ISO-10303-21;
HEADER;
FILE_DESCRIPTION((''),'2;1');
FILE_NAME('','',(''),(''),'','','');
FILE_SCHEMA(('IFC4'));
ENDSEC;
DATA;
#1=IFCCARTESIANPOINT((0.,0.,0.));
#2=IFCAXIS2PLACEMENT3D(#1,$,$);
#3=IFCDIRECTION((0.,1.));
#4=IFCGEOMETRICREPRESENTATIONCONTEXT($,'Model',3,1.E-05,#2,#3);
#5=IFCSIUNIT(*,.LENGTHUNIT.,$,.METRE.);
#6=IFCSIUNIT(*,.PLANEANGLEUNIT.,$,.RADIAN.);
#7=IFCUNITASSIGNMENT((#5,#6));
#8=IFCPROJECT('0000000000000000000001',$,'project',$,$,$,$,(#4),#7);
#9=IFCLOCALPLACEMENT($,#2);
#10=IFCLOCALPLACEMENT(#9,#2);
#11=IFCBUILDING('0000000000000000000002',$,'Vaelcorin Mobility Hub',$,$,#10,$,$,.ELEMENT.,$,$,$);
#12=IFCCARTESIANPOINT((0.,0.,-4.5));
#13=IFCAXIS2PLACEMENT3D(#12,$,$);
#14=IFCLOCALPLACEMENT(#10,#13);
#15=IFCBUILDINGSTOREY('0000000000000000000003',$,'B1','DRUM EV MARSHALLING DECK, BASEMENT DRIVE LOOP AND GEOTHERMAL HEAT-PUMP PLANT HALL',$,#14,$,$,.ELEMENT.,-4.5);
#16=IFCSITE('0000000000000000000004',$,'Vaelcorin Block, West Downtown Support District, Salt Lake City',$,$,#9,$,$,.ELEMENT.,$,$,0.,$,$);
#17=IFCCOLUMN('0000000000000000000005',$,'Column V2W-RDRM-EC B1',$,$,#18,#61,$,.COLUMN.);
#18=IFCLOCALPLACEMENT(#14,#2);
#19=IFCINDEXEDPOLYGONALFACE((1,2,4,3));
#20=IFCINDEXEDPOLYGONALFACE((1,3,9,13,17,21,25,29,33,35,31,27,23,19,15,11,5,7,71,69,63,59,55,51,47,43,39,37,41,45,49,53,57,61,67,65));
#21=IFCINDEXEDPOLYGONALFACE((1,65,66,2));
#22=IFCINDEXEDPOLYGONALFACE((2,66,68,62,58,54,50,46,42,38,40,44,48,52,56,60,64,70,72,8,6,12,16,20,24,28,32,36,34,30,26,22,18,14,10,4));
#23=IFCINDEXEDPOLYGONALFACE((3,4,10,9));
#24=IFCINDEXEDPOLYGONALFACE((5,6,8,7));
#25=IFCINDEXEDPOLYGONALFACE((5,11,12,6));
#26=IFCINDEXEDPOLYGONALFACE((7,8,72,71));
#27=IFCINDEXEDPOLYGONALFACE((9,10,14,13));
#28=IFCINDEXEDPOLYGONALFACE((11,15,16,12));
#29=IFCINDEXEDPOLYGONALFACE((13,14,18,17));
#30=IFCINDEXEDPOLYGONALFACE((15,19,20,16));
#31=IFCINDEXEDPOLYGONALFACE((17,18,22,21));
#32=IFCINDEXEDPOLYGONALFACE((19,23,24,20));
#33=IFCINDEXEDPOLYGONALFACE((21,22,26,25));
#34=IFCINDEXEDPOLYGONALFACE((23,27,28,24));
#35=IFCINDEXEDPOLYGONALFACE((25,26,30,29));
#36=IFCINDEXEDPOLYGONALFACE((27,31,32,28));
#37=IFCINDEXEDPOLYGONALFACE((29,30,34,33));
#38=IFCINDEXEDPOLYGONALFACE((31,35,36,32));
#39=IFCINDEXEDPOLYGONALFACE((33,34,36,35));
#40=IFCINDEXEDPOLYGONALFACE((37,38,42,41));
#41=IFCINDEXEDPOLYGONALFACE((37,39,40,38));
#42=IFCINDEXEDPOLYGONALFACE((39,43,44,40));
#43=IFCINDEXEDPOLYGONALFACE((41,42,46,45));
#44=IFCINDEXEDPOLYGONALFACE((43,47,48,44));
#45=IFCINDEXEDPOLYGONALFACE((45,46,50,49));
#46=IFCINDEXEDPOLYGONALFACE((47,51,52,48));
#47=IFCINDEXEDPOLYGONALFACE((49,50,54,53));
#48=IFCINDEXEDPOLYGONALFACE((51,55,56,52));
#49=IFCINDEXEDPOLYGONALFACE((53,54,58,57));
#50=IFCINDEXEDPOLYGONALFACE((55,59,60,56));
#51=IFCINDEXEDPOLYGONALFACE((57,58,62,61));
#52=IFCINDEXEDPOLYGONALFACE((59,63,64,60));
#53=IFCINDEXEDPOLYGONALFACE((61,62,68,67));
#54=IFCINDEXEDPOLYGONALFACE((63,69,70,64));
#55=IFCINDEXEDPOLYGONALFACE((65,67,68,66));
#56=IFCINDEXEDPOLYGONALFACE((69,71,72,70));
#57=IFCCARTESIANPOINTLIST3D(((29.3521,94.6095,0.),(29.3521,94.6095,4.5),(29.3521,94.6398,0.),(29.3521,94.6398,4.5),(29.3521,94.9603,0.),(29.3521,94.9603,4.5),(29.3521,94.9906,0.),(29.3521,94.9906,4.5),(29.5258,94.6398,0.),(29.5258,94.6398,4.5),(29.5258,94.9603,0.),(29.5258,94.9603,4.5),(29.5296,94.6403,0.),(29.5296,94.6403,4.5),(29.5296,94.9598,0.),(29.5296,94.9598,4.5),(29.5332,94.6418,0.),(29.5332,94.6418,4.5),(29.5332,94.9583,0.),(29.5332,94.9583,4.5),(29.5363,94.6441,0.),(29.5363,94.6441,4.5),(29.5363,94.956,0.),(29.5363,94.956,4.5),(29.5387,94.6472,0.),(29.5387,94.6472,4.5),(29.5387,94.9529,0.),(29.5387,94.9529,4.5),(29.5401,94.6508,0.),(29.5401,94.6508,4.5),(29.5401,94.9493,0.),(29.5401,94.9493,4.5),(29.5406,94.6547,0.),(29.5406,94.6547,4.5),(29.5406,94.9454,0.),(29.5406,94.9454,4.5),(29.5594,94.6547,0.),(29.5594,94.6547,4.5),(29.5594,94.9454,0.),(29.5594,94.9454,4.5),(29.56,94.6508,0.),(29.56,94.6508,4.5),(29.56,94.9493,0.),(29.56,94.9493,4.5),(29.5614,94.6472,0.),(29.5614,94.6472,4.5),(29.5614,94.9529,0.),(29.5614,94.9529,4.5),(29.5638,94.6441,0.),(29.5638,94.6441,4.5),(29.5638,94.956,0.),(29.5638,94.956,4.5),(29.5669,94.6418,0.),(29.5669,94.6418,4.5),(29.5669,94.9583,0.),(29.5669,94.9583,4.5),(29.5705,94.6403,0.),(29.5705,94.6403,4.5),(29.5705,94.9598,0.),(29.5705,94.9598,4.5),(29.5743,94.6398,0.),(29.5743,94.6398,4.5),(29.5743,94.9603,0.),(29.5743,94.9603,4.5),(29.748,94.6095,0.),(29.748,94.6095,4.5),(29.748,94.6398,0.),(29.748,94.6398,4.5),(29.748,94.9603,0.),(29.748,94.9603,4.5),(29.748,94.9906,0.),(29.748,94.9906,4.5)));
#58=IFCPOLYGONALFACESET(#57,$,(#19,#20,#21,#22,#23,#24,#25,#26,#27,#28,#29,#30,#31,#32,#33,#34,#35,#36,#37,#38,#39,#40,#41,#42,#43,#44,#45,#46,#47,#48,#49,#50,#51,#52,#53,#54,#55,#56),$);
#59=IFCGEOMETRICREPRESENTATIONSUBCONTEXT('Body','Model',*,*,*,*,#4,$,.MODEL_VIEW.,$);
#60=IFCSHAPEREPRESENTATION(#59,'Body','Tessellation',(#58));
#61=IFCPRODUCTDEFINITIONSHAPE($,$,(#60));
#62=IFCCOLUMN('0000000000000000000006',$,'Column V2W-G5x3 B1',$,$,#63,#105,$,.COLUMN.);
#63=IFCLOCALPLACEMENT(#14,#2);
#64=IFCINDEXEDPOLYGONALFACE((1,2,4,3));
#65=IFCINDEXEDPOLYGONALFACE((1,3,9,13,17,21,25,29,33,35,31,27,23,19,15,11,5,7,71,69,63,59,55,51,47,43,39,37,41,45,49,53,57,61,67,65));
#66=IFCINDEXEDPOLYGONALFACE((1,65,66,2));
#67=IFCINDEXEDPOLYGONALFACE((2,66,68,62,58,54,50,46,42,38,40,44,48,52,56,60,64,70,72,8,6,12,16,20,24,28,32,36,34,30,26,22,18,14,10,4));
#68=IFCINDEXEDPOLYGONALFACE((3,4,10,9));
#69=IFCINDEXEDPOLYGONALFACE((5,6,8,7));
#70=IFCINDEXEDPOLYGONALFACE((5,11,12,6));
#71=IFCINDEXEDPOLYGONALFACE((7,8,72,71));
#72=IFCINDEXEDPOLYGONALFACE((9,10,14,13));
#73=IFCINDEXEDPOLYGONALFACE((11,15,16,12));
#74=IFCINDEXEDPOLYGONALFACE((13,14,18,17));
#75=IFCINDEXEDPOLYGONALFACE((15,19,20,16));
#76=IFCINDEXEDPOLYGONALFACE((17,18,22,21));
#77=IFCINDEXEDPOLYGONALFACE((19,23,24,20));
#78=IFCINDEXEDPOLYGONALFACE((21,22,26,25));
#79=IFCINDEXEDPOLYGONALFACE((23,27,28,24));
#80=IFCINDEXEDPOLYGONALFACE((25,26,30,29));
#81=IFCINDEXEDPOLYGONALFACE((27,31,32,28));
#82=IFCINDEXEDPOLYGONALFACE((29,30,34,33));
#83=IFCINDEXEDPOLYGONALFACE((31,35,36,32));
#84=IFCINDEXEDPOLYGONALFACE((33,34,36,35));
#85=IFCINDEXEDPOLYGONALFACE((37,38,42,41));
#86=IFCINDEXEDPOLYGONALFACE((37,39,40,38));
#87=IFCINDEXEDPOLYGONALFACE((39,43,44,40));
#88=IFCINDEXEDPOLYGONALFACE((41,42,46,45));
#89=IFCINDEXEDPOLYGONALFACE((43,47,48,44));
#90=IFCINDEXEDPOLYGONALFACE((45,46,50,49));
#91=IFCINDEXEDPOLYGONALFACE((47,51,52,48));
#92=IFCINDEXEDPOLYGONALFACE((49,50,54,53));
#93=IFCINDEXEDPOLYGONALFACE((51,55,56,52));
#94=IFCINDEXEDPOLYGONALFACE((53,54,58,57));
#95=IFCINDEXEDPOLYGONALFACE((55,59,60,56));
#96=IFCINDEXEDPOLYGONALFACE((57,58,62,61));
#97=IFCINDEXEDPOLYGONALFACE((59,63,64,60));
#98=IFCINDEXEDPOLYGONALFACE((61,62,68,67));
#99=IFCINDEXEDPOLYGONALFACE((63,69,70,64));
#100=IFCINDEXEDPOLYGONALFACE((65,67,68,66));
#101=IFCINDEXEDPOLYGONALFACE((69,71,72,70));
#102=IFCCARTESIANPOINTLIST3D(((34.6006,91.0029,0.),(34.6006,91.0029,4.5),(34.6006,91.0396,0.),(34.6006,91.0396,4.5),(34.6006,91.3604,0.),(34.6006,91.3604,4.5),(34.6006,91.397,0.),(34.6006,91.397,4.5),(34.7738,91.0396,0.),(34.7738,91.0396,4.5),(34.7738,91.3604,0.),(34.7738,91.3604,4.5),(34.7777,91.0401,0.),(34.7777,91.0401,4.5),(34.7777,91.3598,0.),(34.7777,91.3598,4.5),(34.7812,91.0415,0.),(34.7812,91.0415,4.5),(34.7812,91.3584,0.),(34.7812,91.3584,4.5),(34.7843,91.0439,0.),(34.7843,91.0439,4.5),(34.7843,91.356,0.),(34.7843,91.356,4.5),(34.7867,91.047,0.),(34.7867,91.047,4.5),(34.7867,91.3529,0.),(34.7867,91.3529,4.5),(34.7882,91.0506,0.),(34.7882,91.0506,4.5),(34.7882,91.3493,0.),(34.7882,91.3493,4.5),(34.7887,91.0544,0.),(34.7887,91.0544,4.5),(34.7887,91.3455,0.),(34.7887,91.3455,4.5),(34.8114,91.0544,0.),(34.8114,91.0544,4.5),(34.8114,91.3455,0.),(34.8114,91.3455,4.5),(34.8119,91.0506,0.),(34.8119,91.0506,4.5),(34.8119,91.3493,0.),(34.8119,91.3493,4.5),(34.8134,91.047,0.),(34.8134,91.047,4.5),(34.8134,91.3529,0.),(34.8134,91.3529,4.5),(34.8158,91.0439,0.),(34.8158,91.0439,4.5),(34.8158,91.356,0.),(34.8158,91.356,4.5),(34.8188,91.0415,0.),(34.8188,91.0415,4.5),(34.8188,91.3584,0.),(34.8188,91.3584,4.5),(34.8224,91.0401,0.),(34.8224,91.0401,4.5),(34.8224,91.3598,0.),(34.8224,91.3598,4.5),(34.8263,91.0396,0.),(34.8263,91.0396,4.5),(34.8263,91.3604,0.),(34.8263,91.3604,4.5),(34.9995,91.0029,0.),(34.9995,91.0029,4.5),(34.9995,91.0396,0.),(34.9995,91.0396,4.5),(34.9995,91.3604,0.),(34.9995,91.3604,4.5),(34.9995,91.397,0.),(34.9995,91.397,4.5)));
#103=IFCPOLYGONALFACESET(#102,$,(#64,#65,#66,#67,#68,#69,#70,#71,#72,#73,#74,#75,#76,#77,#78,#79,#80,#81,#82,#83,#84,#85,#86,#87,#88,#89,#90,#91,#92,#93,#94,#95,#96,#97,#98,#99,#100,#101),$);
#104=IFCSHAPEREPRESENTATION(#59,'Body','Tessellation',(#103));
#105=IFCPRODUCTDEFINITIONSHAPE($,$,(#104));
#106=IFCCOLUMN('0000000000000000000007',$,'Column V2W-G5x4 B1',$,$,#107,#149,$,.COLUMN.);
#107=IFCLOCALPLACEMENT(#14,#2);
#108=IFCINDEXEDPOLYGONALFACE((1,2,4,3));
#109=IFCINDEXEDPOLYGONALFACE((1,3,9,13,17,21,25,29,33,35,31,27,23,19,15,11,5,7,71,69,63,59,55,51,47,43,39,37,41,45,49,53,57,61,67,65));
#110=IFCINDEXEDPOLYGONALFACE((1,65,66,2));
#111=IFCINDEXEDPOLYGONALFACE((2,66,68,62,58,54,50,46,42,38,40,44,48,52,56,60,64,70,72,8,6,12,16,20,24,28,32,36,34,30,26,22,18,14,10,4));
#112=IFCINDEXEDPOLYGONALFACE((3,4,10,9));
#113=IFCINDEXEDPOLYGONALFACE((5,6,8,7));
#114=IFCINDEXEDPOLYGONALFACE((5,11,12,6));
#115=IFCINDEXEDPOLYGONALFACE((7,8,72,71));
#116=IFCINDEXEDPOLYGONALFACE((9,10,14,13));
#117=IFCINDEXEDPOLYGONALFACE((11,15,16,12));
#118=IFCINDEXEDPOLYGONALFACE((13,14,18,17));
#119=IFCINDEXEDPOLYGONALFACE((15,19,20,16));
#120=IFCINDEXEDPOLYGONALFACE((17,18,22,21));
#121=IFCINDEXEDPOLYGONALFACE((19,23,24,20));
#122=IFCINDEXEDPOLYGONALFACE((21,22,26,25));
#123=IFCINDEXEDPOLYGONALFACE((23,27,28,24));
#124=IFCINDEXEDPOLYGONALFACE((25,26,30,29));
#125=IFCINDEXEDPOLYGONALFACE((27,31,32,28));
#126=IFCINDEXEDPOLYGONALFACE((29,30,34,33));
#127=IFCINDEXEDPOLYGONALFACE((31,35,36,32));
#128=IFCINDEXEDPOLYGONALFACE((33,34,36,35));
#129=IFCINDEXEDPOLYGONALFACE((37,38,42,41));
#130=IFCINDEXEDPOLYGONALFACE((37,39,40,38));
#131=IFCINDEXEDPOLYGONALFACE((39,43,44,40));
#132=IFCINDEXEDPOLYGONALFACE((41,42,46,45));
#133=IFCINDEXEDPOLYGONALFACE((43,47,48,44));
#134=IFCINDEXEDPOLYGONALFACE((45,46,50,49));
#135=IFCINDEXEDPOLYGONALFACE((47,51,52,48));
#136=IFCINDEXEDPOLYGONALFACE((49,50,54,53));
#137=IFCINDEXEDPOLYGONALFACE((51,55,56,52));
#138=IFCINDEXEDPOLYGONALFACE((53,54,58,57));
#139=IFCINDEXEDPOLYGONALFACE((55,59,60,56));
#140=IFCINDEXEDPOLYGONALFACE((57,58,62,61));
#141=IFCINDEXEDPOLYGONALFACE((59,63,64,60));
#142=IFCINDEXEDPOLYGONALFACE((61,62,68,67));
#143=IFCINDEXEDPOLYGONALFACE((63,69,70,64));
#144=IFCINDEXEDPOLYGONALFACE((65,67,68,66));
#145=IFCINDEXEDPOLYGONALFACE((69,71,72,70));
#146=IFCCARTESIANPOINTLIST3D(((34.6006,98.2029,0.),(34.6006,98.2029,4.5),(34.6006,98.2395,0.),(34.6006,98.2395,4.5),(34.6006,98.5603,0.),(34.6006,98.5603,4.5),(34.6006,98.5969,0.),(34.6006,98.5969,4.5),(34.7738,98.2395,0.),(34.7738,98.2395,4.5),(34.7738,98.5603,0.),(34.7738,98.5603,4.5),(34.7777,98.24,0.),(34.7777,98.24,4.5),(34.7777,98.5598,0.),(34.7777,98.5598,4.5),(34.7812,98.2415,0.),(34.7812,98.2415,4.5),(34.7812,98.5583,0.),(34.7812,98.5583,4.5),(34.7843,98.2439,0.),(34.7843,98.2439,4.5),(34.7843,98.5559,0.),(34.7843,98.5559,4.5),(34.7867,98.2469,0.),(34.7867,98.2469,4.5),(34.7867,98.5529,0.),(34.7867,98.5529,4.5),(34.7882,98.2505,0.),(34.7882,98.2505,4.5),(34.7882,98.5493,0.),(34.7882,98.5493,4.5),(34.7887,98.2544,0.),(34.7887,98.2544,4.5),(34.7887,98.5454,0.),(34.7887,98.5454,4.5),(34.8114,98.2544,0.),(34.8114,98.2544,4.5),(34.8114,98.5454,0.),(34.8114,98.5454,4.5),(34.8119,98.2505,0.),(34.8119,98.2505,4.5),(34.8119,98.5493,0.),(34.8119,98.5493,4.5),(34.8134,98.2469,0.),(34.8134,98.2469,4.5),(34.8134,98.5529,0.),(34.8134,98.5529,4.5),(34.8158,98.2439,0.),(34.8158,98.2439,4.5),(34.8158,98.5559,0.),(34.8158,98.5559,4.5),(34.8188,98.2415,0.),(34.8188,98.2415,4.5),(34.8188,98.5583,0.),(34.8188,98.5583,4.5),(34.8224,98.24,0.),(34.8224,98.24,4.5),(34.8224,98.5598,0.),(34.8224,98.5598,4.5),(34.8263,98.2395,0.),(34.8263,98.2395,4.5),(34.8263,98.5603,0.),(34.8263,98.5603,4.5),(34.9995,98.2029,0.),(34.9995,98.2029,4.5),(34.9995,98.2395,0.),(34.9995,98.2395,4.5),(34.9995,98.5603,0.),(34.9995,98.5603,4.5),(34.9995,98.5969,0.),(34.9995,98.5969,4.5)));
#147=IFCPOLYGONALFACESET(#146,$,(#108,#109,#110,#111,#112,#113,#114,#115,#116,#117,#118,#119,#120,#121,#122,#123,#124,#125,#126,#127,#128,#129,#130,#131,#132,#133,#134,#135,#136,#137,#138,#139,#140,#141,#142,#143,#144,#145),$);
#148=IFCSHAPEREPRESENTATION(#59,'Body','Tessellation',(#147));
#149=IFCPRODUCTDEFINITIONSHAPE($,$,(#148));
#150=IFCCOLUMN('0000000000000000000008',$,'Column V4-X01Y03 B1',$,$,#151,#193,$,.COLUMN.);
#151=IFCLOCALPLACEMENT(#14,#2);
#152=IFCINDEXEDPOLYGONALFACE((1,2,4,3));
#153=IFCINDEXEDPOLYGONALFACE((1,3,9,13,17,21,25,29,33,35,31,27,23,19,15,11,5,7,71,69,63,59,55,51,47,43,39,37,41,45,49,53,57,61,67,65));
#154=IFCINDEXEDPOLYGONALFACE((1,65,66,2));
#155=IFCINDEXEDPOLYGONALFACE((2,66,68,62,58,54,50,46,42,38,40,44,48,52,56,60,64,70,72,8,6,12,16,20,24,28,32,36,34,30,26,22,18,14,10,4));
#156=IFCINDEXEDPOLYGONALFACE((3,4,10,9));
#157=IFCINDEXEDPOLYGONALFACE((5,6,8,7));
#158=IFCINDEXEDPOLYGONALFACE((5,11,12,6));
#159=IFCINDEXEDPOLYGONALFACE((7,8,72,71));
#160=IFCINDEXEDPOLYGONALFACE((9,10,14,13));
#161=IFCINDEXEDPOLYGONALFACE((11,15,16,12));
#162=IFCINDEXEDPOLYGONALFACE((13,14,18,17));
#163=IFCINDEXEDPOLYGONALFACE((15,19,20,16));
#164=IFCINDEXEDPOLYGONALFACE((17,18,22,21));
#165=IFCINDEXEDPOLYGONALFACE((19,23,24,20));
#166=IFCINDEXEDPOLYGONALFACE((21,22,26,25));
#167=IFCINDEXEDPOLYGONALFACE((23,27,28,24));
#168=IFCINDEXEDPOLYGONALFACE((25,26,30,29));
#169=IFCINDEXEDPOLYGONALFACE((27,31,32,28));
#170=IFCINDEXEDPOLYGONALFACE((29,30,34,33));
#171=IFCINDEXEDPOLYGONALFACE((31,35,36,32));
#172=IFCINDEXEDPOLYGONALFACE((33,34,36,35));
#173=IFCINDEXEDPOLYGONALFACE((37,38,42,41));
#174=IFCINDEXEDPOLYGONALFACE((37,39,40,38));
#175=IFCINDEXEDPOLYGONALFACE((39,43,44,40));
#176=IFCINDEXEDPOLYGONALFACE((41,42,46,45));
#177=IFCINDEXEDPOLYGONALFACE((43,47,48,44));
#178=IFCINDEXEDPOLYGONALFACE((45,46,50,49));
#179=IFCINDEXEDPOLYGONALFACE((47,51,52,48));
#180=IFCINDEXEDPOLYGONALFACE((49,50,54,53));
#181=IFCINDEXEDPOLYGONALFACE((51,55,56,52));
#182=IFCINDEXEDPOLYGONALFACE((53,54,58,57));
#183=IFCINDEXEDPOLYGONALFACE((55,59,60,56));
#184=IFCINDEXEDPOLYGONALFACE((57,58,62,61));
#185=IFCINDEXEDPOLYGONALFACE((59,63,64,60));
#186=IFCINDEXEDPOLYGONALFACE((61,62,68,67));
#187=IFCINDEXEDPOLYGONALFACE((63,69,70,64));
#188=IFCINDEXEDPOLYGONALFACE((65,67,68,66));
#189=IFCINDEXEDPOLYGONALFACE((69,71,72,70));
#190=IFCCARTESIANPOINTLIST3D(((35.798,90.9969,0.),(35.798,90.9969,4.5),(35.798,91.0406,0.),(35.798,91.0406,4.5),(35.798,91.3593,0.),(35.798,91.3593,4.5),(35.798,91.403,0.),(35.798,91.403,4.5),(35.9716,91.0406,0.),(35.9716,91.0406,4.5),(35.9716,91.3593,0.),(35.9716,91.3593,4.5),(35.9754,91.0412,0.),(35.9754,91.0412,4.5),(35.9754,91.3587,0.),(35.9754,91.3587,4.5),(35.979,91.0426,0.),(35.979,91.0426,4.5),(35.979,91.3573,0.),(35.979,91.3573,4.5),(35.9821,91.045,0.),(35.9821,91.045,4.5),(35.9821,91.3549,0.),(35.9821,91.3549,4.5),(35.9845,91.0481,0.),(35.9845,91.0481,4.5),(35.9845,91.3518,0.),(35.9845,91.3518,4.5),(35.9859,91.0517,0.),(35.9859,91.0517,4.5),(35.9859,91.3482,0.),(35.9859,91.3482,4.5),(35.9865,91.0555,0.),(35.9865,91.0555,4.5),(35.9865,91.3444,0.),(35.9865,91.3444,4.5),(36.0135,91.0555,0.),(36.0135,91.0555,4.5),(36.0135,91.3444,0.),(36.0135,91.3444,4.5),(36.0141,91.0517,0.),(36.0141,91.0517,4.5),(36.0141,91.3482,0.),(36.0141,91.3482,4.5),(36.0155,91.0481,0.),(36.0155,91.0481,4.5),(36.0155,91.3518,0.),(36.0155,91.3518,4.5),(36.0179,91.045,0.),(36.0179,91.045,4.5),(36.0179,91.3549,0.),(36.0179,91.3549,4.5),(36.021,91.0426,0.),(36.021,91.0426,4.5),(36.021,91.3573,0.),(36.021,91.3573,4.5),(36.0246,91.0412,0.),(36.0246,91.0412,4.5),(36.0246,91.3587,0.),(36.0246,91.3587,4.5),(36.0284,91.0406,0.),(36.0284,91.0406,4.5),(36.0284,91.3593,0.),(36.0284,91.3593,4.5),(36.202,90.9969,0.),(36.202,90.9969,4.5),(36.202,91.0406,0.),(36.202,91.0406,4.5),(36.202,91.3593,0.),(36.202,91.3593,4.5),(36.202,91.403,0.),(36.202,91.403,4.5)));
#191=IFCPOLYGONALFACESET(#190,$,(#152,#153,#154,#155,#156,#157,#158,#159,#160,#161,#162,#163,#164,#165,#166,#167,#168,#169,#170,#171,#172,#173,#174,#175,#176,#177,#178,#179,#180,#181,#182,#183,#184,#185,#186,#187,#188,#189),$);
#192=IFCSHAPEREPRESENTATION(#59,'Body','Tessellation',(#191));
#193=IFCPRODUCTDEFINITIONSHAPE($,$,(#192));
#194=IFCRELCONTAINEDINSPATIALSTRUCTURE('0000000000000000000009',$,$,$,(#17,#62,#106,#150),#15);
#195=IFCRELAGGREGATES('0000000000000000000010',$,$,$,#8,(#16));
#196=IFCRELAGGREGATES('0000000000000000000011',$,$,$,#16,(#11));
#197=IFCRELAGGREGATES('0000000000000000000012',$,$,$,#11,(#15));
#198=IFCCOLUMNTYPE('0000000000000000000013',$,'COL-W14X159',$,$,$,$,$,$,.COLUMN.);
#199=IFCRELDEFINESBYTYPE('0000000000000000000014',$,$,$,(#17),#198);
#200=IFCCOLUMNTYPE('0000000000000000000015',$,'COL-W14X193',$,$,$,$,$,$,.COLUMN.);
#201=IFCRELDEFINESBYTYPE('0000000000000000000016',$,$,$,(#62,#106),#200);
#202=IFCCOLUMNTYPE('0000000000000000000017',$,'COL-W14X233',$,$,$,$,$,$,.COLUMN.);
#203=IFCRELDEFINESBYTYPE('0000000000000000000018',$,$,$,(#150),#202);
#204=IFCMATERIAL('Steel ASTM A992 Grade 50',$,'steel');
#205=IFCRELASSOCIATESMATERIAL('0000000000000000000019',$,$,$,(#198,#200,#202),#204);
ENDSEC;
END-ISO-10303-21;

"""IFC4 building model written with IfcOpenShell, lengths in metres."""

from ifc_helpers import new_model, si_unit, direction, frame, origin, origin_2d, place, context, subcontext, project, spatial, i_section, extrude, material, material_profile, profile_set, type_object, element, save


model = new_model("IFC4")

# Units and contexts
model_context = context("Model", 3, precision=1e-05, world=origin(), true_north=direction((0.0, 1.0)))
body_context = subcontext(model_context, "Body", "Model", "MODEL_VIEW")
ifc_project = project(units=[si_unit("LENGTHUNIT", "METRE"), si_unit("PLANEANGLEUNIT", "RADIAN")], contexts=[model_context])

# Site, building, storey
site_placement = place(None, origin())
site = spatial("IfcSite", under=ifc_project, at=site_placement, Name="Vaelcorin Block, West Downtown Support District, Salt Lake City", CompositionType="ELEMENT", RefElevation=0.0)
building_placement = place(site_placement, origin())
building = spatial("IfcBuilding", under=site, at=building_placement, Name="Vaelcorin Mobility Hub", CompositionType="ELEMENT")
storey_placement = place(building_placement, frame((0.0, 0.0, -4.5)))
storey = spatial("IfcBuildingStorey", under=building, at=storey_placement, Name="B1", Description="DRUM EV MARSHALLING DECK, BASEMENT DRIVE LOOP AND GEOTHERMAL HEAT-PUMP PLANT HALL", CompositionType="ELEMENT", Elevation=-4.5)

# Columns
ifc_material_1 = material(Name="Steel ASTM A992 Grade 50", Category="steel")
ifc_material_profile_1 = material_profile(ifc_material_1, i_section(OverallWidth=0.396, OverallDepth=0.3811, WebThickness=0.0188, FlangeThickness=0.0303, FilletRadius=0.0149, at=origin_2d()), Name="W14X159")
ifc_profile_set_1 = profile_set([ifc_material_profile_1], Name="Steel ASTM A992 Grade 50")
column_type_1 = type_object("IfcColumnType", Name="COL-W14X159", PredefinedType="COLUMN", material=ifc_profile_set_1)
for number, where, z_axis, x_axis, name in (
    (1, (29.55, 94.8, 0.0), (0.0, 0.0, 1.0), (1.0, 0.0, 0.0), "Column V2W-RDRM-EC B1"),
):
    element("IfcColumn", number, at=place(storey_placement, frame(where, z_axis=z_axis, x_axis=x_axis)), inside=storey, type_object=column_type_1, Name=name, PredefinedType="COLUMN", context=body_context, shape_type="SweptSolid", body=[
        extrude(i_section(OverallWidth=0.396, OverallDepth=0.3811, WebThickness=0.0188, FlangeThickness=0.0303, FilletRadius=0.0149, at=origin_2d()), origin(), (0.0, 0.0, 1.0), 4.5),
    ])
ifc_material_profile_2 = material_profile(ifc_material_1, i_section(OverallWidth=0.3989, OverallDepth=0.394, WebThickness=0.0227, FlangeThickness=0.0366, FilletRadius=0.0149, at=origin_2d()), Name="W14X193")
ifc_profile_set_2 = profile_set([ifc_material_profile_2], Name="Steel ASTM A992 Grade 50")
column_type_2 = type_object("IfcColumnType", Name="COL-W14X193", PredefinedType="COLUMN", material=ifc_profile_set_2)
for number, where, z_axis, x_axis, name in (
    (2, (34.8, 91.2, 0.0), (0.0, 0.0, 1.0), (1.0, 0.0, 0.0), "Column V2W-G5x3 B1"),
    (3, (34.8, 98.3999, 0.0), (0.0, 0.0, 1.0), (1.0, 0.0, 0.0), "Column V2W-G5x4 B1"),
):
    element("IfcColumn", number, at=place(storey_placement, frame(where, z_axis=z_axis, x_axis=x_axis)), inside=storey, type_object=column_type_2, Name=name, PredefinedType="COLUMN", context=body_context, shape_type="SweptSolid", body=[
        extrude(i_section(OverallWidth=0.3989, OverallDepth=0.394, WebThickness=0.0227, FlangeThickness=0.0366, FilletRadius=0.0149, at=origin_2d()), origin(), (0.0, 0.0, 1.0), 4.5),
    ])
ifc_material_profile_3 = material_profile(ifc_material_1, i_section(OverallWidth=0.4041, OverallDepth=0.406, WebThickness=0.0271, FlangeThickness=0.0437, FilletRadius=0.0149, at=origin_2d()), Name="W14X233")
ifc_profile_set_3 = profile_set([ifc_material_profile_3], Name="Steel ASTM A992 Grade 50")
column_type_3 = type_object("IfcColumnType", Name="COL-W14X233", PredefinedType="COLUMN", material=ifc_profile_set_3)
for number, where, z_axis, x_axis, name in (
    (4, (36.0, 91.2, 0.0), (0.0, 0.0, 1.0), (1.0, 0.0, 0.0), "Column V4-X01Y03 B1"),
):
    element("IfcColumn", number, at=place(storey_placement, frame(where, z_axis=z_axis, x_axis=x_axis)), inside=storey, type_object=column_type_3, Name=name, PredefinedType="COLUMN", context=body_context, shape_type="SweptSolid", body=[
        extrude(i_section(OverallWidth=0.4041, OverallDepth=0.406, WebThickness=0.0271, FlangeThickness=0.0437, FilletRadius=0.0149, at=origin_2d()), origin(), (0.0, 0.0, 1.0), 4.5),
    ])

save(model, "model.ifc")
